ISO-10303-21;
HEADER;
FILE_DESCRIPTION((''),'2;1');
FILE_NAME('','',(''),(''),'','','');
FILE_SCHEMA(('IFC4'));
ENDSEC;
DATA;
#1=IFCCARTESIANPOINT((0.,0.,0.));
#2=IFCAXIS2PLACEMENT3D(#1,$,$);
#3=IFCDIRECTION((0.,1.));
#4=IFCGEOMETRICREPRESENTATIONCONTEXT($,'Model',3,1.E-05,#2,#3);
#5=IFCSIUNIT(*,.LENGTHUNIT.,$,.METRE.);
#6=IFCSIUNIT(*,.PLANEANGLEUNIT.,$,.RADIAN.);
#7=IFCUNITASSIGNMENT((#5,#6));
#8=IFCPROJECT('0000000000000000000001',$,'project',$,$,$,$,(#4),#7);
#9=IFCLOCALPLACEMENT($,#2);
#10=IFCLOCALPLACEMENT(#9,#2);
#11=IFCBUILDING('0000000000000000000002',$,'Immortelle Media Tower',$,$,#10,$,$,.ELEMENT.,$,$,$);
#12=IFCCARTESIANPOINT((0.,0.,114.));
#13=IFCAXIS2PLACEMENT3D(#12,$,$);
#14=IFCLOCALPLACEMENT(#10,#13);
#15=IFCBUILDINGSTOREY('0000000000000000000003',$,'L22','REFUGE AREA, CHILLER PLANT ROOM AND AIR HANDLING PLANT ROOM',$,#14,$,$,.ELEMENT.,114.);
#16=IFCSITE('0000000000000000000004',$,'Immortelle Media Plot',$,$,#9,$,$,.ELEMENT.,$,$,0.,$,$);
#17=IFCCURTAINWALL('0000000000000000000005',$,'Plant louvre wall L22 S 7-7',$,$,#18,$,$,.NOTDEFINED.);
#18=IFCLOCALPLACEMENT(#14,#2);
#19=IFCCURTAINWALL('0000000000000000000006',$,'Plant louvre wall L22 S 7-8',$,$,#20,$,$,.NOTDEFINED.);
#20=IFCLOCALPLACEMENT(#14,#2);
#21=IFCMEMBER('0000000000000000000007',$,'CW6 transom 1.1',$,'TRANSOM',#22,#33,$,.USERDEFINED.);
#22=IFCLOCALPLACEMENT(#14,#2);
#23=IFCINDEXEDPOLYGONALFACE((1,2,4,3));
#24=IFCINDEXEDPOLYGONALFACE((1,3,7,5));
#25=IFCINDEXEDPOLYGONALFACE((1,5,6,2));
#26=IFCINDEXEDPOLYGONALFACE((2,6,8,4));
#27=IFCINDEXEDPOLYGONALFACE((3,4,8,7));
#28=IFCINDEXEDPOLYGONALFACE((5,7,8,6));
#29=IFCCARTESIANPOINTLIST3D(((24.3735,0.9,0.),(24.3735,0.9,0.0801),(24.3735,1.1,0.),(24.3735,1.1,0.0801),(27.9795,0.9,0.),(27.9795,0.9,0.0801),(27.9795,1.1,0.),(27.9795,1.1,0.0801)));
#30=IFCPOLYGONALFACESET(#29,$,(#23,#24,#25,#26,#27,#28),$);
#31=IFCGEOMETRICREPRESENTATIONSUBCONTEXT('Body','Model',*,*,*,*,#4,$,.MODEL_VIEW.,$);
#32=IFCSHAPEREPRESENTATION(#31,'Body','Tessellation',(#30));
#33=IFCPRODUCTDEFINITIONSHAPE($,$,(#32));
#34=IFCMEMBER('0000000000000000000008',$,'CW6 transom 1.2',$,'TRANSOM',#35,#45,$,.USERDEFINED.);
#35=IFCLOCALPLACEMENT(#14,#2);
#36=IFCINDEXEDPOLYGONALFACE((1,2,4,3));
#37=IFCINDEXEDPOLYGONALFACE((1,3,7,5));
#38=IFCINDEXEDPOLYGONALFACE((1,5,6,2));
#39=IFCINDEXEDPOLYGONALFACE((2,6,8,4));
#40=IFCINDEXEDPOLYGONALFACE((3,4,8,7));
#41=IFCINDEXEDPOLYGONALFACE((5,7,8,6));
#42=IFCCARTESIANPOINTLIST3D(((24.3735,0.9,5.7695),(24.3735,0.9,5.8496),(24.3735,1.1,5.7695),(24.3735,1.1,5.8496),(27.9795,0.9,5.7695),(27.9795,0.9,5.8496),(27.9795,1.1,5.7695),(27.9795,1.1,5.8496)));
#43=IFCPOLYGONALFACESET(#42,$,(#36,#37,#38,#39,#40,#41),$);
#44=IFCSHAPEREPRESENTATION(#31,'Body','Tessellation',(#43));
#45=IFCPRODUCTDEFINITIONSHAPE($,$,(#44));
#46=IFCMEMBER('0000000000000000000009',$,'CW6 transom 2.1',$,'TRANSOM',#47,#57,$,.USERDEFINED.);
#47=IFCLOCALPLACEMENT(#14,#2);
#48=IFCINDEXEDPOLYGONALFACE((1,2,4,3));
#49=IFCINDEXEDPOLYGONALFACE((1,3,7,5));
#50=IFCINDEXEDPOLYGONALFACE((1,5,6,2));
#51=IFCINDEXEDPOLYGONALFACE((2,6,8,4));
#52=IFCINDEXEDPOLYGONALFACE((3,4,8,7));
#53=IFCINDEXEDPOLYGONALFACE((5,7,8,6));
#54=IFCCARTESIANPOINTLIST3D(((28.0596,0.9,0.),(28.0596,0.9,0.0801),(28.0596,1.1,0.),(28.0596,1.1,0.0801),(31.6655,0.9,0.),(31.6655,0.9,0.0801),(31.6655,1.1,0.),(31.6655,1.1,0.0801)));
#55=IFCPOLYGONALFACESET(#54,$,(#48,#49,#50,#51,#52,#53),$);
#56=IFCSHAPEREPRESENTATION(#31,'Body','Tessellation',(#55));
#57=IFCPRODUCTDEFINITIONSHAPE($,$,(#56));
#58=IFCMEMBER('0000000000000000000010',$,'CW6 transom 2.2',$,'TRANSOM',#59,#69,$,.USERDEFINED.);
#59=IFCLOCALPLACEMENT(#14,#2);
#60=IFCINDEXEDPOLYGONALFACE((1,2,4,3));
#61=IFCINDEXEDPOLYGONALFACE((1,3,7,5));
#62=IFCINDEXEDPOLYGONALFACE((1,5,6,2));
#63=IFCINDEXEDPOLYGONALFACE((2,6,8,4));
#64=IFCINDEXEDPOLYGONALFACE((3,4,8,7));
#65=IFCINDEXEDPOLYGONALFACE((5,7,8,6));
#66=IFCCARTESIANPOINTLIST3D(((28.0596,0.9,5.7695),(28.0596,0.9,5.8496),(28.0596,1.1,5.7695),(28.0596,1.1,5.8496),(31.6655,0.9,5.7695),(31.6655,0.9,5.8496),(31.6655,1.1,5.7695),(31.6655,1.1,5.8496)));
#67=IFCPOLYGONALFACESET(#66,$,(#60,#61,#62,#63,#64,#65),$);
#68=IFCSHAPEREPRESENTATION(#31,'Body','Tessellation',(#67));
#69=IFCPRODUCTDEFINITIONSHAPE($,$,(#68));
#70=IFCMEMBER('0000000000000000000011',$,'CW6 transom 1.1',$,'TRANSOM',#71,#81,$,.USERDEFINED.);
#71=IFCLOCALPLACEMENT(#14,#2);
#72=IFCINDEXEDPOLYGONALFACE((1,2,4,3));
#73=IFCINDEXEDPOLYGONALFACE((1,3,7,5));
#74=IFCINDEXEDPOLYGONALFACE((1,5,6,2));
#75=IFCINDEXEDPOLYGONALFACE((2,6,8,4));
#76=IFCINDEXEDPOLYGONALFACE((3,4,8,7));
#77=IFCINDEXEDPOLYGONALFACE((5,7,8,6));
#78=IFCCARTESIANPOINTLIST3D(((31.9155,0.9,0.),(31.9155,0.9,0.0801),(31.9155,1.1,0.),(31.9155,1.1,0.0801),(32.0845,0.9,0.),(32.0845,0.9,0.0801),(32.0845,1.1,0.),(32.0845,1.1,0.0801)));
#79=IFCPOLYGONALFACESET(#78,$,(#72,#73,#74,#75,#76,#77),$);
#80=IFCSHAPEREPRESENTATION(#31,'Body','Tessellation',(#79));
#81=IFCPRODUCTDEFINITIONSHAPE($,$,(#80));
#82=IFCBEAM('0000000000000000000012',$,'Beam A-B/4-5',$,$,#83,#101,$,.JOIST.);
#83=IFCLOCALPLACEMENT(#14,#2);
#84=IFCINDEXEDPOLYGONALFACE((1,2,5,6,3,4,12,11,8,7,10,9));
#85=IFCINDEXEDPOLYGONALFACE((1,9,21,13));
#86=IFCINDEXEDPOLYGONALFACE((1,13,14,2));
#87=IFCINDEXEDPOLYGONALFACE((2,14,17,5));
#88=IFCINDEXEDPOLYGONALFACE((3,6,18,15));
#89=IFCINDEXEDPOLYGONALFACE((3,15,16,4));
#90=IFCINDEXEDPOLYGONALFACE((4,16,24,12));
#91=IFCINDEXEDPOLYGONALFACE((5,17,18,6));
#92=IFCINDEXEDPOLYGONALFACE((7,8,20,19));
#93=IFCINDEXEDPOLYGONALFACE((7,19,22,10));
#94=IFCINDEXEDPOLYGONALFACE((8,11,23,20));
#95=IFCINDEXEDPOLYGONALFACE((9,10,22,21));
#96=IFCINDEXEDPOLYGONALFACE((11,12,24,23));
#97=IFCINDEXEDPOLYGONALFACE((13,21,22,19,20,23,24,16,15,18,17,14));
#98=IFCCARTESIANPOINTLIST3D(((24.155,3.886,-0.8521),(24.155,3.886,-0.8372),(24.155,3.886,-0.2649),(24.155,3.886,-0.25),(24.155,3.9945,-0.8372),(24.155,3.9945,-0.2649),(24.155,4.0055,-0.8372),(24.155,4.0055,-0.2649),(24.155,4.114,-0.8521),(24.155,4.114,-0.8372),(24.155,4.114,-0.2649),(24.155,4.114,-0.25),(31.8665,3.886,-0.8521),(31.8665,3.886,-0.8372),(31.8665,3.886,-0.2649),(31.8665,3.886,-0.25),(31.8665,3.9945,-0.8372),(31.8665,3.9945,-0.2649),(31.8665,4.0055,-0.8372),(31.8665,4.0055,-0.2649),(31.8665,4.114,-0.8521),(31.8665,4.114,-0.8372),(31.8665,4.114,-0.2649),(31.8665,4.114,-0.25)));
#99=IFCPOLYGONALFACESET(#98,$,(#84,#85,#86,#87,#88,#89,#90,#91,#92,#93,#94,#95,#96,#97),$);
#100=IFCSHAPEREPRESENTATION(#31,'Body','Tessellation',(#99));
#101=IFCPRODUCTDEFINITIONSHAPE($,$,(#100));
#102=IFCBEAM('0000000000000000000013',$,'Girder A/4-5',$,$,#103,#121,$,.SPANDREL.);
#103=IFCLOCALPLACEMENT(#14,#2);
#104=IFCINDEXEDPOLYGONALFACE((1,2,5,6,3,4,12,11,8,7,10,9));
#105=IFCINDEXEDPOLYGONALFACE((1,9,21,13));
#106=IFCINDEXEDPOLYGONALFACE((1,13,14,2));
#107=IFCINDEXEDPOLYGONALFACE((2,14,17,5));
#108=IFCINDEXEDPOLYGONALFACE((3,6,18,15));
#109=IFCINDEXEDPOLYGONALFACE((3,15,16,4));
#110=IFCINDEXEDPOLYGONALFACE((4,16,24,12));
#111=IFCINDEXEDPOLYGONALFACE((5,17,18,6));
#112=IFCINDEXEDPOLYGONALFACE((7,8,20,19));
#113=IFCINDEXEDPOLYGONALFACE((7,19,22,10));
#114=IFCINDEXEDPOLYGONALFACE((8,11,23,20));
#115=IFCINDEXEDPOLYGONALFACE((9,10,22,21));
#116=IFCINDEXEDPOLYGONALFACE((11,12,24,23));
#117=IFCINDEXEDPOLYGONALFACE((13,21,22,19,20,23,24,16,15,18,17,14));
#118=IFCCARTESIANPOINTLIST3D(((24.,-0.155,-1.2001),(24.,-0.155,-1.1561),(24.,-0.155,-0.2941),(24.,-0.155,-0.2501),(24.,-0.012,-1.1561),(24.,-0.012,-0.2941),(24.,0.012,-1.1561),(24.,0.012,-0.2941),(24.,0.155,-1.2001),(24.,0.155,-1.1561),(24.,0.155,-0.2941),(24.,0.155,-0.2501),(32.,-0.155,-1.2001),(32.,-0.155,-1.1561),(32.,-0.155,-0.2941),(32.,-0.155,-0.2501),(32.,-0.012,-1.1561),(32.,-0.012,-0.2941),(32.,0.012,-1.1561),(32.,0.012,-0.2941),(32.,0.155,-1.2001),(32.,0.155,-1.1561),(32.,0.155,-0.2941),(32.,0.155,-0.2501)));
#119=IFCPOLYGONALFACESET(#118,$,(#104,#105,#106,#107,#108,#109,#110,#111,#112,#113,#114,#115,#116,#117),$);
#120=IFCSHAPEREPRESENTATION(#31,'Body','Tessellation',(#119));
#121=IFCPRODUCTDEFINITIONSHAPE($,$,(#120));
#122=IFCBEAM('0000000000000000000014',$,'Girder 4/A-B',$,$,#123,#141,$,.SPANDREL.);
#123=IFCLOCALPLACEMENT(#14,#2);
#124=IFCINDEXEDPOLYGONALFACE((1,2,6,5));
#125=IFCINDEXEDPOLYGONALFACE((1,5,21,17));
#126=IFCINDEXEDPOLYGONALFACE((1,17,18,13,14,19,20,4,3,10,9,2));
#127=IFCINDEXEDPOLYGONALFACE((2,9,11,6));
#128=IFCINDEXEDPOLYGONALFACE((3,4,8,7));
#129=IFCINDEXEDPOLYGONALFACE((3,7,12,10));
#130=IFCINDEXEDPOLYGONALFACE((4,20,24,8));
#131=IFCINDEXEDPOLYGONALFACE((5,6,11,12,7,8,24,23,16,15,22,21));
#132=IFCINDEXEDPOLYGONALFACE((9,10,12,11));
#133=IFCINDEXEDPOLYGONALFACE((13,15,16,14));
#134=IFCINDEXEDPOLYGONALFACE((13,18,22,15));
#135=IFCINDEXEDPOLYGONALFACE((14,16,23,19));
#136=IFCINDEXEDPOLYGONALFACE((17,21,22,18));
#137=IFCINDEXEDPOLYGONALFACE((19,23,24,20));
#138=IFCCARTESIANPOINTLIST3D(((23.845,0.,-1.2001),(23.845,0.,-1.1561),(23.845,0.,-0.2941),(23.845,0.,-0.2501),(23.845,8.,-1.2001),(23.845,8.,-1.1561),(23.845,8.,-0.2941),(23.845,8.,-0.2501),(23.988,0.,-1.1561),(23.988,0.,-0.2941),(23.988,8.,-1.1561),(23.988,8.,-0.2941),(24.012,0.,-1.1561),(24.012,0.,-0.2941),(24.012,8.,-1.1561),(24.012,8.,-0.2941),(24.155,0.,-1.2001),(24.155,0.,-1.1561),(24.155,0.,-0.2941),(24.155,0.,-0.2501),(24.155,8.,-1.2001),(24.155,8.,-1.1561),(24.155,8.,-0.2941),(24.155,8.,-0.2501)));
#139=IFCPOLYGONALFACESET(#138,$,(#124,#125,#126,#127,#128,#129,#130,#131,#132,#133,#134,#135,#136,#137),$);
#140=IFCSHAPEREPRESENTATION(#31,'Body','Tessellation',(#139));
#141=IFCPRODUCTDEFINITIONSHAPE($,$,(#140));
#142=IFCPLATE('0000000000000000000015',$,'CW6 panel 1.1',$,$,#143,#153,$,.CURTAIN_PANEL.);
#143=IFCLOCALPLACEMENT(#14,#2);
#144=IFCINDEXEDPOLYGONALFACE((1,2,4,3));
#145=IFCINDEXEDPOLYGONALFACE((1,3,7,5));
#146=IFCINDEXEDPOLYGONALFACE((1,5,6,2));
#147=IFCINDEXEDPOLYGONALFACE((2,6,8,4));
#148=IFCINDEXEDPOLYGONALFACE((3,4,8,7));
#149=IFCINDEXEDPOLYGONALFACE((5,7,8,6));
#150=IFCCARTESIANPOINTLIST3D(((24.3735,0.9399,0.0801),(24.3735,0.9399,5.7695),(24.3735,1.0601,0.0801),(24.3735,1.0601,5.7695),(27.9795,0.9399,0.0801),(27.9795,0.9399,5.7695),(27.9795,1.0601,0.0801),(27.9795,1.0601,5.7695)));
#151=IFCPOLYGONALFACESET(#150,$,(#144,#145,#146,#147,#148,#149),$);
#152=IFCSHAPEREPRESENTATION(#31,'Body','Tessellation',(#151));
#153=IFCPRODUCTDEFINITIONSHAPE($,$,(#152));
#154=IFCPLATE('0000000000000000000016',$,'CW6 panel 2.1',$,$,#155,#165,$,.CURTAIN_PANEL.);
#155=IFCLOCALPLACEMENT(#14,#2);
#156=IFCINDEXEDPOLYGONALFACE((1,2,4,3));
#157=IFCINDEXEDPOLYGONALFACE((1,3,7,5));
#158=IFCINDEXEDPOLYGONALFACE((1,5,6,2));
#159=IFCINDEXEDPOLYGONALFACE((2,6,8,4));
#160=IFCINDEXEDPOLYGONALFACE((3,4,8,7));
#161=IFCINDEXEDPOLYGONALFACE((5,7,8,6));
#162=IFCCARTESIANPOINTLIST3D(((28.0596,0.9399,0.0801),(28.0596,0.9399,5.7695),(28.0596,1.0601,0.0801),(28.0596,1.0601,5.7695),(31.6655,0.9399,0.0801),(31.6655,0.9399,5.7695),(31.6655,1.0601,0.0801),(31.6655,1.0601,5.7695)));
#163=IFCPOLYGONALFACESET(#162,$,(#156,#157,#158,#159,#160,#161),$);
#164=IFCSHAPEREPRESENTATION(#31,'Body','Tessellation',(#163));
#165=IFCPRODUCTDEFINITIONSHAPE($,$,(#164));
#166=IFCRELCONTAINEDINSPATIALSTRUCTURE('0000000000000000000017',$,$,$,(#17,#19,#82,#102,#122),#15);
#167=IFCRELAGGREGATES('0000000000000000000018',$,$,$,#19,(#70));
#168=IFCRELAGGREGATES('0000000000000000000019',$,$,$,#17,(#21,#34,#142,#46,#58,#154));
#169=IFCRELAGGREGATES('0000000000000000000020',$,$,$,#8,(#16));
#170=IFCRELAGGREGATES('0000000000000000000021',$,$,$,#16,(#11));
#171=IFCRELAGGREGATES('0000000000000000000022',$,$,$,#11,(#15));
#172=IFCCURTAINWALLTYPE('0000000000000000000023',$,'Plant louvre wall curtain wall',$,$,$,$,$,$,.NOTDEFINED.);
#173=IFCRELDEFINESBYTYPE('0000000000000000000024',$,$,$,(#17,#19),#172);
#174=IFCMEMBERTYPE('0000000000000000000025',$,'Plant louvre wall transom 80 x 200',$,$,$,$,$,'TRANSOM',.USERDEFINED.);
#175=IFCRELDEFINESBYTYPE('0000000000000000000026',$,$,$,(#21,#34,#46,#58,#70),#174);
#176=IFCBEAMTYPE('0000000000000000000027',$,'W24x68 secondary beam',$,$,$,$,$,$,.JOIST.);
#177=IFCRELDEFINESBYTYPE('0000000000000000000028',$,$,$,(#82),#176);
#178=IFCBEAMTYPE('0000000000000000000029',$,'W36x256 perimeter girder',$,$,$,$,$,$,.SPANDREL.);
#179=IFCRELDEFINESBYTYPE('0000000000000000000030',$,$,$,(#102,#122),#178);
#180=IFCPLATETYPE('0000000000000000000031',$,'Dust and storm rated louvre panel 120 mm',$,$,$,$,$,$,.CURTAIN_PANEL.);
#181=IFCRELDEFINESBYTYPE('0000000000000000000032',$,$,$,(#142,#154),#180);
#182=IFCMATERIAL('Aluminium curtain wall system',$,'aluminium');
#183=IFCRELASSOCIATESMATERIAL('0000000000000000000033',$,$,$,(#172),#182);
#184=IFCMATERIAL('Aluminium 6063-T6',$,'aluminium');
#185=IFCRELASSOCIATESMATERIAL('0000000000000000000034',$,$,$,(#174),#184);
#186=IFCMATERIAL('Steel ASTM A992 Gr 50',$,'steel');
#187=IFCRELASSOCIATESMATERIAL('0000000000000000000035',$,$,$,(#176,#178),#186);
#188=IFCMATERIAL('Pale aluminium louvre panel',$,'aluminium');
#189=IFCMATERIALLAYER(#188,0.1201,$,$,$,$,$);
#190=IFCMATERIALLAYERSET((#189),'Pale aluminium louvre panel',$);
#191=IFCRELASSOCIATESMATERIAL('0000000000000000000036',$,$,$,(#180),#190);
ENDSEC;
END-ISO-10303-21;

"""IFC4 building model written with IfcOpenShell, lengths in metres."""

from ifc_helpers import new_model, si_unit, direction, frame, origin, origin_2d, place, context, subcontext, project, spatial, rectangle, i_section, extrude, material, layer, layer_set, material_profile, profile_set, type_object, element, aggregate, save


model = new_model("IFC4")

# Units and contexts
model_context = context("Model", 3, precision=1e-05, world=origin(), true_north=direction((0.0, 1.0)))
body_context = subcontext(model_context, "Body", "Model", "MODEL_VIEW")
ifc_project = project(units=[si_unit("LENGTHUNIT", "METRE"), si_unit("PLANEANGLEUNIT", "RADIAN")], contexts=[model_context])

# Site, building, storey
site_placement = place(None, origin())
site = spatial("IfcSite", under=ifc_project, at=site_placement, Name="Immortelle Media Plot", CompositionType="ELEMENT", RefElevation=0.0)
building_placement = place(site_placement, origin())
building = spatial("IfcBuilding", under=site, at=building_placement, Name="Immortelle Media Tower", CompositionType="ELEMENT")
storey_placement = place(building_placement, frame((0.0, 0.0, 114.0)))
storey = spatial("IfcBuildingStorey", under=building, at=storey_placement, Name="L22", Description="REFUGE AREA, CHILLER PLANT ROOM AND AIR HANDLING PLANT ROOM", CompositionType="ELEMENT", Elevation=114.0)

# Shared definitions
ifc_material_1 = material(Name="Steel ASTM A992 Gr 50", Category="steel")

# Curtain wall
ifc_material_2 = material(Name="Aluminium curtain wall system", Category="aluminium")
curtain_wall_type = type_object("IfcCurtainWallType", Name="Plant louvre wall curtain wall", PredefinedType="NOTDEFINED", material=ifc_material_2)
curtain_wall_1_placement = place(storey_placement, origin())
curtain_wall_1 = element("IfcCurtainWall", 1, at=curtain_wall_1_placement, inside=storey, type_object=curtain_wall_type, Name="Plant louvre wall L22 S 7-7", PredefinedType="NOTDEFINED")
ifc_material_3 = material(Name="Aluminium 6063-T6", Category="aluminium")

# Curtain wall
curtain_wall_2_placement = place(storey_placement, origin())
curtain_wall_2 = element("IfcCurtainWall", 2, at=curtain_wall_2_placement, inside=storey, type_object=curtain_wall_type, Name="Plant louvre wall L22 S 7-8", PredefinedType="NOTDEFINED")

# Members
ifc_material_profile_1 = material_profile(ifc_material_3, rectangle(XDim=0.2, YDim=0.0801, at=origin_2d()), Name="AL 80x200")
ifc_profile_set_1 = profile_set([ifc_material_profile_1], Name="Aluminium 6063-T6")
member_type_1 = type_object("IfcMemberType", Name="Plant louvre wall transom 80 x 200", ElementType="TRANSOM", PredefinedType="USERDEFINED", material=ifc_profile_set_1)
member_1_placement = place(storey_placement, frame((24.3735, 1.0, 0.04), z_axis=(1.0, 0.0, 0.0), x_axis=(0.0, 1.0, 0.0)))
member_1 = element("IfcMember", 3, at=member_1_placement, type_object=member_type_1, Name="CW6 transom 1.1", ObjectType="TRANSOM", PredefinedType="USERDEFINED", context=body_context, shape_type="SweptSolid", body=[
    extrude(rectangle(XDim=0.2, YDim=0.0801, at=origin_2d()), origin(), (0.0, 0.0, 1.0), 3.606),
])
member_2_placement = place(storey_placement, frame((24.3735, 1.0, 5.8096), z_axis=(1.0, 0.0, 0.0), x_axis=(0.0, 1.0, 0.0)))
member_2 = element("IfcMember", 4, at=member_2_placement, type_object=member_type_1, Name="CW6 transom 1.2", ObjectType="TRANSOM", PredefinedType="USERDEFINED", context=body_context, shape_type="SweptSolid", body=[
    extrude(rectangle(XDim=0.2, YDim=0.0801, at=origin_2d()), origin(), (0.0, 0.0, 1.0), 3.606),
])
member_3_placement = place(storey_placement, frame((28.0596, 1.0, 0.04), z_axis=(1.0, 0.0, 0.0), x_axis=(0.0, 1.0, 0.0)))
member_3 = element("IfcMember", 5, at=member_3_placement, type_object=member_type_1, Name="CW6 transom 2.1", ObjectType="TRANSOM", PredefinedType="USERDEFINED", context=body_context, shape_type="SweptSolid", body=[
    extrude(rectangle(XDim=0.2, YDim=0.0801, at=origin_2d()), origin(), (0.0, 0.0, 1.0), 3.606),
])
member_4_placement = place(storey_placement, frame((28.0596, 1.0, 5.8096), z_axis=(1.0, 0.0, 0.0), x_axis=(0.0, 1.0, 0.0)))
member_4 = element("IfcMember", 6, at=member_4_placement, type_object=member_type_1, Name="CW6 transom 2.2", ObjectType="TRANSOM", PredefinedType="USERDEFINED", context=body_context, shape_type="SweptSolid", body=[
    extrude(rectangle(XDim=0.2, YDim=0.0801, at=origin_2d()), origin(), (0.0, 0.0, 1.0), 3.606),
])
member_5_placement = place(storey_placement, frame((31.9155, 1.0, 0.04), z_axis=(1.0, 0.0, 0.0), x_axis=(0.0, 1.0, 0.0)))
member_5 = element("IfcMember", 7, at=member_5_placement, type_object=member_type_1, Name="CW6 transom 1.1", ObjectType="TRANSOM", PredefinedType="USERDEFINED", context=body_context, shape_type="SweptSolid", body=[
    extrude(rectangle(XDim=0.2, YDim=0.0801, at=origin_2d()), origin(), (0.0, 0.0, 1.0), 0.1689),
])
aggregate(curtain_wall_2, [member_5])

# Beams
ifc_material_profile_2 = material_profile(ifc_material_1, i_section(OverallWidth=0.228, OverallDepth=0.6021, WebThickness=0.011, FlangeThickness=0.0149, at=origin_2d()), Name="W24x68")
ifc_profile_set_2 = profile_set([ifc_material_profile_2], Name="Steel ASTM A992 Gr 50")
beam_type_1 = type_object("IfcBeamType", Name="W24x68 secondary beam", PredefinedType="JOIST", material=ifc_profile_set_2)
beam_placement = place(storey_placement, frame((24.155, 4.0, -0.551), z_axis=(1.0, 0.0, 0.0), x_axis=(0.0, 1.0, 0.0)))
element("IfcBeam", 8, at=beam_placement, inside=storey, type_object=beam_type_1, Name="Beam A-B/4-5", PredefinedType="JOIST", context=body_context, shape_type="SweptSolid", body=[
    extrude(i_section(OverallWidth=0.228, OverallDepth=0.6021, WebThickness=0.011, FlangeThickness=0.0149, at=origin_2d()), origin(), (0.0, 0.0, 1.0), 7.7114),
])
ifc_material_profile_3 = material_profile(ifc_material_1, i_section(OverallWidth=0.3101, OverallDepth=0.95, WebThickness=0.0239, FlangeThickness=0.0439, at=origin_2d()), Name="W36x256")
ifc_profile_set_3 = profile_set([ifc_material_profile_3], Name="Steel ASTM A992 Gr 50")
beam_type_2 = type_object("IfcBeamType", Name="W36x256 perimeter girder", PredefinedType="SPANDREL", material=ifc_profile_set_3)
for number, where, z_axis, x_axis, name in (
    (9, (24.0, 0.0, -0.7251), (1.0, 0.0, 0.0), (0.0, 1.0, 0.0), "Girder A/4-5"),
    (10, (24.0, 0.0, -0.7251), (0.0, 1.0, 0.0), (-1.0, 0.0, 0.0), "Girder 4/A-B"),
):
    element("IfcBeam", number, at=place(storey_placement, frame(where, z_axis=z_axis, x_axis=x_axis)), inside=storey, type_object=beam_type_2, Name=name, PredefinedType="SPANDREL", context=body_context, shape_type="SweptSolid", body=[
        extrude(i_section(OverallWidth=0.3101, OverallDepth=0.95, WebThickness=0.0239, FlangeThickness=0.0439, at=origin_2d()), origin(), (0.0, 0.0, 1.0), 8.0),
    ])

# Plates
ifc_material_4 = material(Name="Pale aluminium louvre panel", Category="aluminium")
ifc_layer_1 = layer(ifc_material_4, 0.1201)
ifc_layer_set_1 = layer_set([ifc_layer_1], Name="Pale aluminium louvre panel")
plate_type = type_object("IfcPlateType", Name="Dust and storm rated louvre panel 120 mm", PredefinedType="CURTAIN_PANEL", material=ifc_layer_set_1)
plate_1_placement = place(storey_placement, frame((26.1765, 1.0, 0.0801), z_axis=(0.0, 0.0, 1.0), x_axis=(1.0, 0.0, 0.0)))
plate_1 = element("IfcPlate", 11, at=plate_1_placement, type_object=plate_type, Name="CW6 panel 1.1", PredefinedType="CURTAIN_PANEL", context=body_context, shape_type="SweptSolid", body=[
    extrude(rectangle(XDim=3.606, YDim=0.1201, at=origin_2d()), origin(), (0.0, 0.0, 1.0), 5.6895),
])
plate_2_placement = place(storey_placement, frame((29.8625, 1.0, 0.0801), z_axis=(0.0, 0.0, 1.0), x_axis=(1.0, 0.0, 0.0)))
plate_2 = element("IfcPlate", 12, at=plate_2_placement, type_object=plate_type, Name="CW6 panel 2.1", PredefinedType="CURTAIN_PANEL", context=body_context, shape_type="SweptSolid", body=[
    extrude(rectangle(XDim=3.606, YDim=0.1201, at=origin_2d()), origin(), (0.0, 0.0, 1.0), 5.6895),
])
aggregate(curtain_wall_1, [member_1, member_2, plate_1, member_3, member_4, plate_2])

save(model, "model.ifc")
